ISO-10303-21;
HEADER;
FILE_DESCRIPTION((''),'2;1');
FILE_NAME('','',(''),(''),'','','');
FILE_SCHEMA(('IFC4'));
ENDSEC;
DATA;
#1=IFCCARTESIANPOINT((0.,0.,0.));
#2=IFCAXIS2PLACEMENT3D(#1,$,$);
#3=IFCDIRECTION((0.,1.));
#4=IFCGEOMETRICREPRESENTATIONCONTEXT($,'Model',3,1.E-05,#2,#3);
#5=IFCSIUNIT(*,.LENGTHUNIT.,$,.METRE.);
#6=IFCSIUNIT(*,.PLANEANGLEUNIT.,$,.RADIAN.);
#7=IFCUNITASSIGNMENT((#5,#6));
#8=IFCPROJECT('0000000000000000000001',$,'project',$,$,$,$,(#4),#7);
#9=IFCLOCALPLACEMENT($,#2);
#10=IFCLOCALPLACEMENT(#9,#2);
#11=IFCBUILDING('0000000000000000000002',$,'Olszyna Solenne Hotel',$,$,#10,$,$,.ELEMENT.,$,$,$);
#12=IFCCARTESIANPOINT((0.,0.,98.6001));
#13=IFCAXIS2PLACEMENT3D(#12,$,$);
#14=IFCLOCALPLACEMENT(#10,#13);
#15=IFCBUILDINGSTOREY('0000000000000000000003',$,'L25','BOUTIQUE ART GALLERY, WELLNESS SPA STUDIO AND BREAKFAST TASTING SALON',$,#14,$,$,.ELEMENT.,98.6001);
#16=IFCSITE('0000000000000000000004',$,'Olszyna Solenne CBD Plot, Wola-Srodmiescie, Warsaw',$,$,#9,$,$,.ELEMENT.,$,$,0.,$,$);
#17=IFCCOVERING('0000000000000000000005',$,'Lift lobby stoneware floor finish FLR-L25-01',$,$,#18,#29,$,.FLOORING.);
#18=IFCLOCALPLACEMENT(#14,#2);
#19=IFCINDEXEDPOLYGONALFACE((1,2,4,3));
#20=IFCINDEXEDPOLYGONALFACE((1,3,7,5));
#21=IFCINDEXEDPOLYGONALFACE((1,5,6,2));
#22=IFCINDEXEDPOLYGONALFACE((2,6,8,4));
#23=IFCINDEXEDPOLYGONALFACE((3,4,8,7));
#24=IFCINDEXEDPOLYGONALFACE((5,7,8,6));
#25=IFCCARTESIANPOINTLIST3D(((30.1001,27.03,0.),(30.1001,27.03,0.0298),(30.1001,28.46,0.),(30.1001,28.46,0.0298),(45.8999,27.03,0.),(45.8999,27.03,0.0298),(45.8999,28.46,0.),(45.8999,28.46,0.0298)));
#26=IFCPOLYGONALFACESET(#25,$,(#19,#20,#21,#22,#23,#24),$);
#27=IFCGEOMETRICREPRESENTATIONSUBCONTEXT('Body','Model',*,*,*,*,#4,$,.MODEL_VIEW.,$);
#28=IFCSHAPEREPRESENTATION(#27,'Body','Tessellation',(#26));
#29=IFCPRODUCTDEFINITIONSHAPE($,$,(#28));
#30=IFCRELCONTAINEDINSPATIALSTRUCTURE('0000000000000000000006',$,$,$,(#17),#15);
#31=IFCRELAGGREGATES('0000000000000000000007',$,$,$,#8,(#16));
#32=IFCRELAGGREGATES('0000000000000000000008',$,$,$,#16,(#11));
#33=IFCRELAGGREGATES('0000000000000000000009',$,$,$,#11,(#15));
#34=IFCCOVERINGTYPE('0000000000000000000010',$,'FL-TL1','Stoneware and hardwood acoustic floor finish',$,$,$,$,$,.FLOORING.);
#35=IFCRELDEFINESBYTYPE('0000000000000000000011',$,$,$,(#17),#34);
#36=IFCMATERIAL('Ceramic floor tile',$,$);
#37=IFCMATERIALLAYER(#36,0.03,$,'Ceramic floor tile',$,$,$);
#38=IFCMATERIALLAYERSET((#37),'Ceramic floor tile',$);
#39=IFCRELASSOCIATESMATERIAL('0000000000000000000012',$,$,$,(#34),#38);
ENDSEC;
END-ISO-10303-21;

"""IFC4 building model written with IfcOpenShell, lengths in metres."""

from ifc_helpers import new_model, si_unit, direction, frame, origin, place, context, subcontext, project, spatial, polyline, outline, extrude, material, layer, layer_set, type_object, element, save


model = new_model("IFC4")

# Units and contexts
model_context = context("Model", 3, precision=1e-05, world=origin(), true_north=direction((0.0, 1.0)))
body_context = subcontext(model_context, "Body", "Model", "MODEL_VIEW")
ifc_project = project(units=[si_unit("LENGTHUNIT", "METRE"), si_unit("PLANEANGLEUNIT", "RADIAN")], contexts=[model_context])

# Site, building, storey
site_placement = place(None, origin())
site = spatial("IfcSite", under=ifc_project, at=site_placement, Name="Olszyna Solenne CBD Plot, Wola-Srodmiescie, Warsaw", CompositionType="ELEMENT", RefElevation=0.0)
building_placement = place(site_placement, origin())
building = spatial("IfcBuilding", under=site, at=building_placement, Name="Olszyna Solenne Hotel", CompositionType="ELEMENT")
storey_placement = place(building_placement, frame((0.0, 0.0, 98.6001)))
storey = spatial("IfcBuildingStorey", under=building, at=storey_placement, Name="L25", Description="BOUTIQUE ART GALLERY, WELLNESS SPA STUDIO AND BREAKFAST TASTING SALON", CompositionType="ELEMENT", Elevation=98.6001)

# Covering
ifc_material_1 = material(Name="Ceramic floor tile")
ifc_layer_1 = layer(ifc_material_1, 0.03, Name="Ceramic floor tile")
ifc_layer_set_1 = layer_set([ifc_layer_1], Name="Ceramic floor tile")
covering_type_1 = type_object("IfcCoveringType", Name="FL-TL1", Description="Stoneware and hardwood acoustic floor finish", PredefinedType="FLOORING", material=ifc_layer_set_1)
covering_1_placement = place(storey_placement, origin())
element("IfcCovering", 1, at=covering_1_placement, inside=storey, type_object=covering_type_1, Name="Lift lobby stoneware floor finish FLR-L25-01", PredefinedType="FLOORING", context=body_context, shape_type="SweptSolid", body=[
    extrude(outline(polyline([(30.1001, 27.03), (45.8999, 27.03), (45.8999, 28.46), (30.1001, 28.46), (30.1001, 27.03)])), origin(), (0.0, 0.0, 1.0), 0.0298),
])

save(model, "model.ifc")
